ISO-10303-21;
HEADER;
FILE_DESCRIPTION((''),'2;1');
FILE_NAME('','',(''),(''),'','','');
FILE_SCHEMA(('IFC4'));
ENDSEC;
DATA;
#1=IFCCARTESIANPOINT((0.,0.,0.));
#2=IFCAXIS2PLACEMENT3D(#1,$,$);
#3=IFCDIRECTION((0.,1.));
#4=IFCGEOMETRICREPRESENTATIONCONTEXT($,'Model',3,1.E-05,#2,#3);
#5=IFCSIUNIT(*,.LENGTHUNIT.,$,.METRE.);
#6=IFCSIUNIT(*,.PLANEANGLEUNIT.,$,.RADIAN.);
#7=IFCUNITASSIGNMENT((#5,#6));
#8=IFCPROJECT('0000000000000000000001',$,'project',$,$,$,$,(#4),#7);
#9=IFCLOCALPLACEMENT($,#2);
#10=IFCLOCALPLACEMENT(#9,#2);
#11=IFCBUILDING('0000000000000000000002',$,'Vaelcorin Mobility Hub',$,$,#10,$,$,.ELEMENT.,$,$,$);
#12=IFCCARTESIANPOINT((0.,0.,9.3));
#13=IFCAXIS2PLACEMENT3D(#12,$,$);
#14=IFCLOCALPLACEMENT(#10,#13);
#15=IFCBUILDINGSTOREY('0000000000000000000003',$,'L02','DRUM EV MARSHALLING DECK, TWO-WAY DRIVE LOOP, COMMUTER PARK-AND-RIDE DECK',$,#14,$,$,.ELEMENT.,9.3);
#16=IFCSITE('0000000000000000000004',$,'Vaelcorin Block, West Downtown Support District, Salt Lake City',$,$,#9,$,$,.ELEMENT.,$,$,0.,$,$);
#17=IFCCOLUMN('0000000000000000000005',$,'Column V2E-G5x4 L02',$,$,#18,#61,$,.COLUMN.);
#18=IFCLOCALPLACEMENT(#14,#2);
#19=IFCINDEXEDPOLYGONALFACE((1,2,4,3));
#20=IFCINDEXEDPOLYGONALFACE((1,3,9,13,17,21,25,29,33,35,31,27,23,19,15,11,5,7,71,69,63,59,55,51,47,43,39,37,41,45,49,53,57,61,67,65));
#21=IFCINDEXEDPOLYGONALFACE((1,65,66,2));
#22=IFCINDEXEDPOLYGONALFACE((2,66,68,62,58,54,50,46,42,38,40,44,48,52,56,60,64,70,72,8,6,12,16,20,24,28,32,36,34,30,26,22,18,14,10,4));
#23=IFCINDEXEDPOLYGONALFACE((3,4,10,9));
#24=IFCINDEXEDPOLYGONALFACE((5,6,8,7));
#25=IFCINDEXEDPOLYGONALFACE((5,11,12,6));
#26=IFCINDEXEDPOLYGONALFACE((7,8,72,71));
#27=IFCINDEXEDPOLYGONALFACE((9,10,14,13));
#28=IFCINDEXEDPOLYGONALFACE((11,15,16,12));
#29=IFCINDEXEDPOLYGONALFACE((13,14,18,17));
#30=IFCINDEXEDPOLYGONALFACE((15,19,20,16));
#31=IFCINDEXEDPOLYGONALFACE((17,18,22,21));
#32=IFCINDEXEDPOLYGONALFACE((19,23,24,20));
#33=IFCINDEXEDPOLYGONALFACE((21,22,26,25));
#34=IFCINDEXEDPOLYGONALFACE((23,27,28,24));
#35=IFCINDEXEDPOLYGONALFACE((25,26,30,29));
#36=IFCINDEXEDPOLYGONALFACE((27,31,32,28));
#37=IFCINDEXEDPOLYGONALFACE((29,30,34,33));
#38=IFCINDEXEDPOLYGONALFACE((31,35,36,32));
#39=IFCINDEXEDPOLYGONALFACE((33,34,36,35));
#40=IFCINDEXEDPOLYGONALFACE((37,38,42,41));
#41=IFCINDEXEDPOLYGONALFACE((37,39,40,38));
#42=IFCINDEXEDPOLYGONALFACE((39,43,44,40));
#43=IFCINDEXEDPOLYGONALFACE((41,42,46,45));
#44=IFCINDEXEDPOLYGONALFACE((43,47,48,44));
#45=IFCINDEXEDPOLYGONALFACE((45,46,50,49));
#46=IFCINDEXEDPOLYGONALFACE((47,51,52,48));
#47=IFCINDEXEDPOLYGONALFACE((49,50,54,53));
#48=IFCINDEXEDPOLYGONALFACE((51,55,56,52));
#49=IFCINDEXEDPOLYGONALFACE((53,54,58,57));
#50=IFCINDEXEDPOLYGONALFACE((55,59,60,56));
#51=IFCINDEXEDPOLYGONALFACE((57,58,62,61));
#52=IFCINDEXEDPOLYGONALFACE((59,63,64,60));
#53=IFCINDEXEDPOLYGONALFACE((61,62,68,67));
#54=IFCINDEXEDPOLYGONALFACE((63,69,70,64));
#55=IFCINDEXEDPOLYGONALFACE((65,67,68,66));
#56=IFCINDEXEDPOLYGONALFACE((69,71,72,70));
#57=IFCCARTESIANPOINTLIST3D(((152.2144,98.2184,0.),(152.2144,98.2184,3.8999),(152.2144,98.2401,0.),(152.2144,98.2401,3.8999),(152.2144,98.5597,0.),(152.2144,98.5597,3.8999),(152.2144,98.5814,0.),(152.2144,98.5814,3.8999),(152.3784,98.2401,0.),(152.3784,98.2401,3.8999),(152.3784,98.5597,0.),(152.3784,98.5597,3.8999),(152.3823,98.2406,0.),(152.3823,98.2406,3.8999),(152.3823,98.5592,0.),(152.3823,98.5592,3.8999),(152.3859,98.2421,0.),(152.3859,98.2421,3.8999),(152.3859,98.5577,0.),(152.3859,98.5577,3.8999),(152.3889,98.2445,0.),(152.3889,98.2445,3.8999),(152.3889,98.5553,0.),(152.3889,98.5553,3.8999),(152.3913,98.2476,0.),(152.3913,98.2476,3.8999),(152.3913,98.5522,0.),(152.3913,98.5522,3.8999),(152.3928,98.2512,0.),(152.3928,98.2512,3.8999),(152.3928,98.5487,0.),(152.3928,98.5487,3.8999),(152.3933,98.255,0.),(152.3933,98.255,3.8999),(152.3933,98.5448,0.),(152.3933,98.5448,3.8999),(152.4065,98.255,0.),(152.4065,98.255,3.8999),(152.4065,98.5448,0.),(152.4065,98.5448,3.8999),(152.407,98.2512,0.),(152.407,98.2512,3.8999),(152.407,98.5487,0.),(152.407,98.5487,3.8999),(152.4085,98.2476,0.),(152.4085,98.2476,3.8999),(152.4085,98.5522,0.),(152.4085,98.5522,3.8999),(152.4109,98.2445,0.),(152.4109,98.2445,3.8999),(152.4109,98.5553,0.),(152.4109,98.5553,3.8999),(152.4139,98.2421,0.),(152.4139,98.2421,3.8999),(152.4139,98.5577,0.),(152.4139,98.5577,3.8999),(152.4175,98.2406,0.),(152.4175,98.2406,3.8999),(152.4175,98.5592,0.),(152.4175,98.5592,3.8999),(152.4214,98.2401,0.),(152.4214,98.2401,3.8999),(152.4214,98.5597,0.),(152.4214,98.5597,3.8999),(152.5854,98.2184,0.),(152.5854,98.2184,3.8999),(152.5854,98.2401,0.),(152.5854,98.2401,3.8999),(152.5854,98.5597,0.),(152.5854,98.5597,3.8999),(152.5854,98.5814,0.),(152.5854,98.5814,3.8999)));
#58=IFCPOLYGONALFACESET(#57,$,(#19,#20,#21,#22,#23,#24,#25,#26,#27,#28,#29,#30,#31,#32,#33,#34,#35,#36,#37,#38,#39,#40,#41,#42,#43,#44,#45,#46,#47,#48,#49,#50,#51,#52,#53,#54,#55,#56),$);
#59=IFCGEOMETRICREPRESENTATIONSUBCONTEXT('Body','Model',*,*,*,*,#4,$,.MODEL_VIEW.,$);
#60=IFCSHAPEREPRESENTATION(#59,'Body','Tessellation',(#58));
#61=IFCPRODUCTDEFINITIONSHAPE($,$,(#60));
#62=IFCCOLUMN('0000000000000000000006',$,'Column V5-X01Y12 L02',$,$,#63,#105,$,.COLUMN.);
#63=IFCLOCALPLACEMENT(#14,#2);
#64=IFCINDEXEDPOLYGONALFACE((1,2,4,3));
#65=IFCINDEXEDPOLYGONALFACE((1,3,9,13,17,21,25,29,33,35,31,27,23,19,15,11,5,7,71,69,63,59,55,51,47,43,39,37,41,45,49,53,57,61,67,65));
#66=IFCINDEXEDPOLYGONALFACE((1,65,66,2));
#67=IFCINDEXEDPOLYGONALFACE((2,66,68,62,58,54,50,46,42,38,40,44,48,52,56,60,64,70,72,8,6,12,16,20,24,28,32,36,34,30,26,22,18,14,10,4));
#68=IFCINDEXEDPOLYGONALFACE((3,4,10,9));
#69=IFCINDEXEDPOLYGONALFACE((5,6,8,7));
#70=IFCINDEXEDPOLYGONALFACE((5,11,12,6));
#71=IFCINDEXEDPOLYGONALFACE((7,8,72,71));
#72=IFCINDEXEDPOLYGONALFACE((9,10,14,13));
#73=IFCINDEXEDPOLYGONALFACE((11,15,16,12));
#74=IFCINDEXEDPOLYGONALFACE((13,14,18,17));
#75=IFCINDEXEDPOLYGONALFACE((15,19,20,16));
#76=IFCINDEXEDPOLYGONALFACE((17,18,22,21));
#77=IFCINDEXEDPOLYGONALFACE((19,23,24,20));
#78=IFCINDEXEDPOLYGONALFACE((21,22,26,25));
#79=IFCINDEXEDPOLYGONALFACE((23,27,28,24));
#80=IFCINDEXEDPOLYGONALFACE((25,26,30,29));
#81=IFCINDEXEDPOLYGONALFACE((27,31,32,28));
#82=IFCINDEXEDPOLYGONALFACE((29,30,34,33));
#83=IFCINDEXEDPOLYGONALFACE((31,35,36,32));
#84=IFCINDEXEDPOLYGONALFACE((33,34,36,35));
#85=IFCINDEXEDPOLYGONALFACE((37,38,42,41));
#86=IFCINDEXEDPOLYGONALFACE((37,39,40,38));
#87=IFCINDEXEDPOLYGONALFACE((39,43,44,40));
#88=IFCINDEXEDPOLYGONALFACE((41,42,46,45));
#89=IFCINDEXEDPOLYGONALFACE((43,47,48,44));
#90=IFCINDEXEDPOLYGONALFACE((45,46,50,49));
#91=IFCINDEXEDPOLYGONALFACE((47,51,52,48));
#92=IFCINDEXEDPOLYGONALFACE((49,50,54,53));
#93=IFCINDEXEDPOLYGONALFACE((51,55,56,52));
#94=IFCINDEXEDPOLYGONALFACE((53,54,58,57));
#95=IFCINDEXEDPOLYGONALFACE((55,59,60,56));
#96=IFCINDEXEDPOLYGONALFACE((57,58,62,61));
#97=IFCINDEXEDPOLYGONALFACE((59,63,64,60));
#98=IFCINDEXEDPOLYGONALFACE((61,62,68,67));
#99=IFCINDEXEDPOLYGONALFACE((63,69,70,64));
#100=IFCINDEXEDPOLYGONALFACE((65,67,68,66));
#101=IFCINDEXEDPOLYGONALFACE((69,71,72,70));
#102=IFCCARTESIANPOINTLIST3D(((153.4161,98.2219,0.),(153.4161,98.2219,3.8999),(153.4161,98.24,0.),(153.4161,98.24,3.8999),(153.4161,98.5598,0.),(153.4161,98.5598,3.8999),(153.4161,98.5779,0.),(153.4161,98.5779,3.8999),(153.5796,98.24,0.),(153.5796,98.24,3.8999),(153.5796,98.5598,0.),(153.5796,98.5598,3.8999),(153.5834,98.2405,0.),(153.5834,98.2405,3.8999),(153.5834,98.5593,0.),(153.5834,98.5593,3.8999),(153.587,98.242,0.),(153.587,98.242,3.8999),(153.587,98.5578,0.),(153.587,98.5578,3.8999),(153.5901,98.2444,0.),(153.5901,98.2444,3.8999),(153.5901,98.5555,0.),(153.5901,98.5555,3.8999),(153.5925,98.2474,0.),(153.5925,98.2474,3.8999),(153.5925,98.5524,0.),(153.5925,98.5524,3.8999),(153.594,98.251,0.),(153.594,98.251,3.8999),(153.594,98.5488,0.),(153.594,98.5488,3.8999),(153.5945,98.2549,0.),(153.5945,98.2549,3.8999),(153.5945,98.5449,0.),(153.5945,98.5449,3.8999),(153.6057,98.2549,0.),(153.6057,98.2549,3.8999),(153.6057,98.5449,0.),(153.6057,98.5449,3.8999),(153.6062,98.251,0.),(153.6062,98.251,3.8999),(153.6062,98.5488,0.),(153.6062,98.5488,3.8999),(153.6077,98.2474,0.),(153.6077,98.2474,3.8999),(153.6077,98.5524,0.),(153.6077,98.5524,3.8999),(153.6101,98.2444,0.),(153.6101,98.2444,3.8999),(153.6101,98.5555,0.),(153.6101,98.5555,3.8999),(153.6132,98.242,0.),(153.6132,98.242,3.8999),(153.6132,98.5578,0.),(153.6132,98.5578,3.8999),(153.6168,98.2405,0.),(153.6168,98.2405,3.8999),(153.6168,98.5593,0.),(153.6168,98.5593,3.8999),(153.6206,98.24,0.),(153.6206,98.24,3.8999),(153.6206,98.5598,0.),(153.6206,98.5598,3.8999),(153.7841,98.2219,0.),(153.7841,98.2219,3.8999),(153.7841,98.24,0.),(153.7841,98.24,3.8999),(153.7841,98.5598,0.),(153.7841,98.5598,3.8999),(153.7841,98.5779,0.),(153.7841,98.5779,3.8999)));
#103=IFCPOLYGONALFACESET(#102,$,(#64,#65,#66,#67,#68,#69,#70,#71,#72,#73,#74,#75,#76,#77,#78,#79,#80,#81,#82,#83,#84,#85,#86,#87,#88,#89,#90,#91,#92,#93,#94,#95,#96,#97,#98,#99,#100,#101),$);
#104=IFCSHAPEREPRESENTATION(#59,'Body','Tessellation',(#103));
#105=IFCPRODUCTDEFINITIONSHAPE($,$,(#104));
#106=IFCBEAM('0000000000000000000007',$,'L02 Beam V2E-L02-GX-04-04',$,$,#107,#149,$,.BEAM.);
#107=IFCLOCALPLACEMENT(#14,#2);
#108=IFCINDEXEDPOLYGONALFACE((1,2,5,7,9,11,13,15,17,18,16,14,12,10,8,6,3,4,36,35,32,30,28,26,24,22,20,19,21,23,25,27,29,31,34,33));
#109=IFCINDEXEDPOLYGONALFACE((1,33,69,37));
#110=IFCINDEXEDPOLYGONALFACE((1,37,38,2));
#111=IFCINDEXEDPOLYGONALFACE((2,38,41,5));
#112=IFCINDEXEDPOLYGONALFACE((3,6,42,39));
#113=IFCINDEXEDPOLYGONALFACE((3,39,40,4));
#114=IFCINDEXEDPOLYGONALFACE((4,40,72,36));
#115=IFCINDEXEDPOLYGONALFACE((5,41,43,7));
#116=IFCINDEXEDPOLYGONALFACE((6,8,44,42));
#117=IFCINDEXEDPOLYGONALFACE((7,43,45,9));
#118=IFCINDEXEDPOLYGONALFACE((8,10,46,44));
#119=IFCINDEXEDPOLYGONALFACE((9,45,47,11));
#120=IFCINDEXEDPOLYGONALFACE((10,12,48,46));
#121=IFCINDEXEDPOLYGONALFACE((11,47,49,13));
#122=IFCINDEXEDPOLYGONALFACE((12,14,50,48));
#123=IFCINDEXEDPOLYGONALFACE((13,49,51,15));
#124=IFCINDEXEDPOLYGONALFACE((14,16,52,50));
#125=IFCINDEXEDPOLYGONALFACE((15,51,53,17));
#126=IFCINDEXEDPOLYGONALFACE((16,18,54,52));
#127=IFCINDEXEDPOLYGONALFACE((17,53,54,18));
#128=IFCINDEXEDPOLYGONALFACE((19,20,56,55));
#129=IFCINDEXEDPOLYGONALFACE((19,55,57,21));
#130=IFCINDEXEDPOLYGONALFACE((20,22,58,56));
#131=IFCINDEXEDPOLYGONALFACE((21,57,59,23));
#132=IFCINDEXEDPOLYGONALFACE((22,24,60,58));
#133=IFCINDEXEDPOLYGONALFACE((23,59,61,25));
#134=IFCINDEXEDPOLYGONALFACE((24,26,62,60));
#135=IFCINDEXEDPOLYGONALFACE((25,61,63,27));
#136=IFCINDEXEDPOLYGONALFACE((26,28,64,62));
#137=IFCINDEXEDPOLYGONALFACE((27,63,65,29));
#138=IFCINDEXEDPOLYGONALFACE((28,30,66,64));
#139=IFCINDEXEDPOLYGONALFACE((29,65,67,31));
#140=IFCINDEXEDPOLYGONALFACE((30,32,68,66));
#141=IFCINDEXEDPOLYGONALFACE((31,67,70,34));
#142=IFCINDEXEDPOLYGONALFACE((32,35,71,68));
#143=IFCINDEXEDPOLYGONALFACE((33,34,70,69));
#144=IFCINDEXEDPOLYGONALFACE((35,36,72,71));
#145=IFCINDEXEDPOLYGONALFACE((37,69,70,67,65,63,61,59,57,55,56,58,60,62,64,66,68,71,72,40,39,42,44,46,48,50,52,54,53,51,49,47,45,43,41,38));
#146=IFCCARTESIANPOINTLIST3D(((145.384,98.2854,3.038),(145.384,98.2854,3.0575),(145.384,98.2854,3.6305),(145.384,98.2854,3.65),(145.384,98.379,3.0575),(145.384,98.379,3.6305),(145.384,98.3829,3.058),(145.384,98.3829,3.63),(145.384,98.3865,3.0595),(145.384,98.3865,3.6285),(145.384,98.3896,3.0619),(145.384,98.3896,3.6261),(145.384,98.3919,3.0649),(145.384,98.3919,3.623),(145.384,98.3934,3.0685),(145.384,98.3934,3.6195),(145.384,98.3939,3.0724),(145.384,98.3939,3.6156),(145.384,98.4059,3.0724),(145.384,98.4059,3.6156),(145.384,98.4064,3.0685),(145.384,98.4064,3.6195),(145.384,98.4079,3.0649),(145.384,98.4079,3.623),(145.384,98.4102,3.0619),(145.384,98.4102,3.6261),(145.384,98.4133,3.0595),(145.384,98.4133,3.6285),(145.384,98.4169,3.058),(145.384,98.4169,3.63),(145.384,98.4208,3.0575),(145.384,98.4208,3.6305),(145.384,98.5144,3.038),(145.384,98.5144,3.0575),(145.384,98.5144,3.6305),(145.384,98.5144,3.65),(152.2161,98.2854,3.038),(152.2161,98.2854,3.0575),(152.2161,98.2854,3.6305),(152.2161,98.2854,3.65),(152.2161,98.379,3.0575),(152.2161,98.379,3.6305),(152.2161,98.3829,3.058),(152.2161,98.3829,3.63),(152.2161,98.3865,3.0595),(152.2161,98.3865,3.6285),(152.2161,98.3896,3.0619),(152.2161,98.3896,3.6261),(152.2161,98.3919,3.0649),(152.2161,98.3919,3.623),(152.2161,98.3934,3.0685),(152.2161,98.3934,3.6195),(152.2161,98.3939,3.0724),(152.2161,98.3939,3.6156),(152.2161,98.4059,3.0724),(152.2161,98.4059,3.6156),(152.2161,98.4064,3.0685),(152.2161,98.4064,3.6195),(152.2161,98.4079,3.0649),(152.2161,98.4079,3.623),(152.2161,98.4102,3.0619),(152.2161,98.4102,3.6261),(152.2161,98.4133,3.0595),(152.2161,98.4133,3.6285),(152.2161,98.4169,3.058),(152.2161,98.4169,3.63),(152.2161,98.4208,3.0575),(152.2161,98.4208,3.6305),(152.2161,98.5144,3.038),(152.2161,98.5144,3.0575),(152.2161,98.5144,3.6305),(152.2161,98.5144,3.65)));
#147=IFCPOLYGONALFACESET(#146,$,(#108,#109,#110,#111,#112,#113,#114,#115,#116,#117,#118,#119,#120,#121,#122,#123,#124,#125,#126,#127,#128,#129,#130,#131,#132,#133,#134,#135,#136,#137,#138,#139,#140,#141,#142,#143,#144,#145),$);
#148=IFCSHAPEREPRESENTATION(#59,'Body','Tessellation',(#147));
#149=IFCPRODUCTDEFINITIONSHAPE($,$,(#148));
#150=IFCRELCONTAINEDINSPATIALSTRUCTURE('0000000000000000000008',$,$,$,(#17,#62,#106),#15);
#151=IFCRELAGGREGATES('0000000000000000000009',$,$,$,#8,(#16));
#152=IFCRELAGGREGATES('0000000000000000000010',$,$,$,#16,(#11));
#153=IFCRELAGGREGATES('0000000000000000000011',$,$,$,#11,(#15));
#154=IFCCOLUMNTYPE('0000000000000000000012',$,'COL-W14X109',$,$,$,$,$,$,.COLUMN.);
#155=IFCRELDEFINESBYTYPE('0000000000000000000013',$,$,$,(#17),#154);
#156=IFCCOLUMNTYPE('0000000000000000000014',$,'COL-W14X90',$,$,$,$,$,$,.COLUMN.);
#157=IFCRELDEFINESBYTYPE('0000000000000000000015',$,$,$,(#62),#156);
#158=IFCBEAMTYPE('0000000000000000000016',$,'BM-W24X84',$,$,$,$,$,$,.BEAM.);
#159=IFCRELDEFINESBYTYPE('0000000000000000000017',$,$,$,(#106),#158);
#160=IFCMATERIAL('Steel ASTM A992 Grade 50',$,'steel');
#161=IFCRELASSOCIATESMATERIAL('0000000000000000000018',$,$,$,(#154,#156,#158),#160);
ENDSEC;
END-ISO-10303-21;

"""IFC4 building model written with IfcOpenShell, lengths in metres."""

from ifc_helpers import new_model, si_unit, direction, frame, origin, origin_2d, place, context, subcontext, project, spatial, i_section, extrude, material, material_profile, profile_set, type_object, element, save


model = new_model("IFC4")

# Units and contexts
model_context = context("Model", 3, precision=1e-05, world=origin(), true_north=direction((0.0, 1.0)))
body_context = subcontext(model_context, "Body", "Model", "MODEL_VIEW")
ifc_project = project(units=[si_unit("LENGTHUNIT", "METRE"), si_unit("PLANEANGLEUNIT", "RADIAN")], contexts=[model_context])

# Site, building, storey
site_placement = place(None, origin())
site = spatial("IfcSite", under=ifc_project, at=site_placement, Name="Vaelcorin Block, West Downtown Support District, Salt Lake City", CompositionType="ELEMENT", RefElevation=0.0)
building_placement = place(site_placement, origin())
building = spatial("IfcBuilding", under=site, at=building_placement, Name="Vaelcorin Mobility Hub", CompositionType="ELEMENT")
storey_placement = place(building_placement, frame((0.0, 0.0, 9.3)))
storey = spatial("IfcBuildingStorey", under=building, at=storey_placement, Name="L02", Description="DRUM EV MARSHALLING DECK, TWO-WAY DRIVE LOOP, COMMUTER PARK-AND-RIDE DECK", CompositionType="ELEMENT", Elevation=9.3)

# Columns
ifc_material_1 = material(Name="Steel ASTM A992 Grade 50", Category="steel")
ifc_material_profile_1 = material_profile(ifc_material_1, i_section(OverallWidth=0.3711, OverallDepth=0.363, WebThickness=0.0132, FlangeThickness=0.0217, FilletRadius=0.0149, at=origin_2d()), Name="W14X109")
ifc_profile_set_1 = profile_set([ifc_material_profile_1], Name="Steel ASTM A992 Grade 50")
column_type_1 = type_object("IfcColumnType", Name="COL-W14X109", PredefinedType="COLUMN", material=ifc_profile_set_1)
column_1_placement = place(storey_placement, frame((152.3999, 98.3999, 0.0), z_axis=(0.0, 0.0, 1.0), x_axis=(1.0, 0.0, 0.0)))
element("IfcColumn", 1, at=column_1_placement, inside=storey, type_object=column_type_1, Name="Column V2E-G5x4 L02", PredefinedType="COLUMN", context=body_context, shape_type="SweptSolid", body=[
    extrude(i_section(OverallWidth=0.3711, OverallDepth=0.363, WebThickness=0.0132, FlangeThickness=0.0217, FilletRadius=0.0149, at=origin_2d()), origin(), (0.0, 0.0, 1.0), 3.8999),
])
ifc_material_profile_2 = material_profile(ifc_material_1, i_section(OverallWidth=0.3679, OverallDepth=0.356, WebThickness=0.0112, FlangeThickness=0.0181, FilletRadius=0.0149, at=origin_2d()), Name="W14X90")
ifc_profile_set_2 = profile_set([ifc_material_profile_2], Name="Steel ASTM A992 Grade 50")
column_type_2 = type_object("IfcColumnType", Name="COL-W14X90", PredefinedType="COLUMN", material=ifc_profile_set_2)
column_2_placement = place(storey_placement, frame((153.6001, 98.3999, 0.0), z_axis=(0.0, 0.0, 1.0), x_axis=(1.0, 0.0, 0.0)))
element("IfcColumn", 2, at=column_2_placement, inside=storey, type_object=column_type_2, Name="Column V5-X01Y12 L02", PredefinedType="COLUMN", context=body_context, shape_type="SweptSolid", body=[
    extrude(i_section(OverallWidth=0.3679, OverallDepth=0.356, WebThickness=0.0112, FlangeThickness=0.0181, FilletRadius=0.0149, at=origin_2d()), origin(), (0.0, 0.0, 1.0), 3.8999),
])

# Beam
ifc_material_profile_3 = material_profile(ifc_material_1, i_section(OverallWidth=0.229, OverallDepth=0.6121, WebThickness=0.012, FlangeThickness=0.0195, FilletRadius=0.0149, at=origin_2d()), Name="W24X84")
ifc_profile_set_3 = profile_set([ifc_material_profile_3], Name="Steel ASTM A992 Grade 50")
beam_type_1 = type_object("IfcBeamType", Name="BM-W24X84", PredefinedType="BEAM", material=ifc_profile_set_3)
beam_1_placement = place(storey_placement, frame((145.384, 98.3999, 3.344), z_axis=(1.0, 0.0, 0.0), x_axis=(0.0, 1.0, 0.0)))
element("IfcBeam", 3, at=beam_1_placement, inside=storey, type_object=beam_type_1, Name="L02 Beam V2E-L02-GX-04-04", PredefinedType="BEAM", context=body_context, shape_type="SweptSolid", body=[
    extrude(i_section(OverallWidth=0.229, OverallDepth=0.6121, WebThickness=0.012, FlangeThickness=0.0195, FilletRadius=0.0149, at=origin_2d()), origin(), (0.0, 0.0, 1.0), 6.832),
])

save(model, "model.ifc")
